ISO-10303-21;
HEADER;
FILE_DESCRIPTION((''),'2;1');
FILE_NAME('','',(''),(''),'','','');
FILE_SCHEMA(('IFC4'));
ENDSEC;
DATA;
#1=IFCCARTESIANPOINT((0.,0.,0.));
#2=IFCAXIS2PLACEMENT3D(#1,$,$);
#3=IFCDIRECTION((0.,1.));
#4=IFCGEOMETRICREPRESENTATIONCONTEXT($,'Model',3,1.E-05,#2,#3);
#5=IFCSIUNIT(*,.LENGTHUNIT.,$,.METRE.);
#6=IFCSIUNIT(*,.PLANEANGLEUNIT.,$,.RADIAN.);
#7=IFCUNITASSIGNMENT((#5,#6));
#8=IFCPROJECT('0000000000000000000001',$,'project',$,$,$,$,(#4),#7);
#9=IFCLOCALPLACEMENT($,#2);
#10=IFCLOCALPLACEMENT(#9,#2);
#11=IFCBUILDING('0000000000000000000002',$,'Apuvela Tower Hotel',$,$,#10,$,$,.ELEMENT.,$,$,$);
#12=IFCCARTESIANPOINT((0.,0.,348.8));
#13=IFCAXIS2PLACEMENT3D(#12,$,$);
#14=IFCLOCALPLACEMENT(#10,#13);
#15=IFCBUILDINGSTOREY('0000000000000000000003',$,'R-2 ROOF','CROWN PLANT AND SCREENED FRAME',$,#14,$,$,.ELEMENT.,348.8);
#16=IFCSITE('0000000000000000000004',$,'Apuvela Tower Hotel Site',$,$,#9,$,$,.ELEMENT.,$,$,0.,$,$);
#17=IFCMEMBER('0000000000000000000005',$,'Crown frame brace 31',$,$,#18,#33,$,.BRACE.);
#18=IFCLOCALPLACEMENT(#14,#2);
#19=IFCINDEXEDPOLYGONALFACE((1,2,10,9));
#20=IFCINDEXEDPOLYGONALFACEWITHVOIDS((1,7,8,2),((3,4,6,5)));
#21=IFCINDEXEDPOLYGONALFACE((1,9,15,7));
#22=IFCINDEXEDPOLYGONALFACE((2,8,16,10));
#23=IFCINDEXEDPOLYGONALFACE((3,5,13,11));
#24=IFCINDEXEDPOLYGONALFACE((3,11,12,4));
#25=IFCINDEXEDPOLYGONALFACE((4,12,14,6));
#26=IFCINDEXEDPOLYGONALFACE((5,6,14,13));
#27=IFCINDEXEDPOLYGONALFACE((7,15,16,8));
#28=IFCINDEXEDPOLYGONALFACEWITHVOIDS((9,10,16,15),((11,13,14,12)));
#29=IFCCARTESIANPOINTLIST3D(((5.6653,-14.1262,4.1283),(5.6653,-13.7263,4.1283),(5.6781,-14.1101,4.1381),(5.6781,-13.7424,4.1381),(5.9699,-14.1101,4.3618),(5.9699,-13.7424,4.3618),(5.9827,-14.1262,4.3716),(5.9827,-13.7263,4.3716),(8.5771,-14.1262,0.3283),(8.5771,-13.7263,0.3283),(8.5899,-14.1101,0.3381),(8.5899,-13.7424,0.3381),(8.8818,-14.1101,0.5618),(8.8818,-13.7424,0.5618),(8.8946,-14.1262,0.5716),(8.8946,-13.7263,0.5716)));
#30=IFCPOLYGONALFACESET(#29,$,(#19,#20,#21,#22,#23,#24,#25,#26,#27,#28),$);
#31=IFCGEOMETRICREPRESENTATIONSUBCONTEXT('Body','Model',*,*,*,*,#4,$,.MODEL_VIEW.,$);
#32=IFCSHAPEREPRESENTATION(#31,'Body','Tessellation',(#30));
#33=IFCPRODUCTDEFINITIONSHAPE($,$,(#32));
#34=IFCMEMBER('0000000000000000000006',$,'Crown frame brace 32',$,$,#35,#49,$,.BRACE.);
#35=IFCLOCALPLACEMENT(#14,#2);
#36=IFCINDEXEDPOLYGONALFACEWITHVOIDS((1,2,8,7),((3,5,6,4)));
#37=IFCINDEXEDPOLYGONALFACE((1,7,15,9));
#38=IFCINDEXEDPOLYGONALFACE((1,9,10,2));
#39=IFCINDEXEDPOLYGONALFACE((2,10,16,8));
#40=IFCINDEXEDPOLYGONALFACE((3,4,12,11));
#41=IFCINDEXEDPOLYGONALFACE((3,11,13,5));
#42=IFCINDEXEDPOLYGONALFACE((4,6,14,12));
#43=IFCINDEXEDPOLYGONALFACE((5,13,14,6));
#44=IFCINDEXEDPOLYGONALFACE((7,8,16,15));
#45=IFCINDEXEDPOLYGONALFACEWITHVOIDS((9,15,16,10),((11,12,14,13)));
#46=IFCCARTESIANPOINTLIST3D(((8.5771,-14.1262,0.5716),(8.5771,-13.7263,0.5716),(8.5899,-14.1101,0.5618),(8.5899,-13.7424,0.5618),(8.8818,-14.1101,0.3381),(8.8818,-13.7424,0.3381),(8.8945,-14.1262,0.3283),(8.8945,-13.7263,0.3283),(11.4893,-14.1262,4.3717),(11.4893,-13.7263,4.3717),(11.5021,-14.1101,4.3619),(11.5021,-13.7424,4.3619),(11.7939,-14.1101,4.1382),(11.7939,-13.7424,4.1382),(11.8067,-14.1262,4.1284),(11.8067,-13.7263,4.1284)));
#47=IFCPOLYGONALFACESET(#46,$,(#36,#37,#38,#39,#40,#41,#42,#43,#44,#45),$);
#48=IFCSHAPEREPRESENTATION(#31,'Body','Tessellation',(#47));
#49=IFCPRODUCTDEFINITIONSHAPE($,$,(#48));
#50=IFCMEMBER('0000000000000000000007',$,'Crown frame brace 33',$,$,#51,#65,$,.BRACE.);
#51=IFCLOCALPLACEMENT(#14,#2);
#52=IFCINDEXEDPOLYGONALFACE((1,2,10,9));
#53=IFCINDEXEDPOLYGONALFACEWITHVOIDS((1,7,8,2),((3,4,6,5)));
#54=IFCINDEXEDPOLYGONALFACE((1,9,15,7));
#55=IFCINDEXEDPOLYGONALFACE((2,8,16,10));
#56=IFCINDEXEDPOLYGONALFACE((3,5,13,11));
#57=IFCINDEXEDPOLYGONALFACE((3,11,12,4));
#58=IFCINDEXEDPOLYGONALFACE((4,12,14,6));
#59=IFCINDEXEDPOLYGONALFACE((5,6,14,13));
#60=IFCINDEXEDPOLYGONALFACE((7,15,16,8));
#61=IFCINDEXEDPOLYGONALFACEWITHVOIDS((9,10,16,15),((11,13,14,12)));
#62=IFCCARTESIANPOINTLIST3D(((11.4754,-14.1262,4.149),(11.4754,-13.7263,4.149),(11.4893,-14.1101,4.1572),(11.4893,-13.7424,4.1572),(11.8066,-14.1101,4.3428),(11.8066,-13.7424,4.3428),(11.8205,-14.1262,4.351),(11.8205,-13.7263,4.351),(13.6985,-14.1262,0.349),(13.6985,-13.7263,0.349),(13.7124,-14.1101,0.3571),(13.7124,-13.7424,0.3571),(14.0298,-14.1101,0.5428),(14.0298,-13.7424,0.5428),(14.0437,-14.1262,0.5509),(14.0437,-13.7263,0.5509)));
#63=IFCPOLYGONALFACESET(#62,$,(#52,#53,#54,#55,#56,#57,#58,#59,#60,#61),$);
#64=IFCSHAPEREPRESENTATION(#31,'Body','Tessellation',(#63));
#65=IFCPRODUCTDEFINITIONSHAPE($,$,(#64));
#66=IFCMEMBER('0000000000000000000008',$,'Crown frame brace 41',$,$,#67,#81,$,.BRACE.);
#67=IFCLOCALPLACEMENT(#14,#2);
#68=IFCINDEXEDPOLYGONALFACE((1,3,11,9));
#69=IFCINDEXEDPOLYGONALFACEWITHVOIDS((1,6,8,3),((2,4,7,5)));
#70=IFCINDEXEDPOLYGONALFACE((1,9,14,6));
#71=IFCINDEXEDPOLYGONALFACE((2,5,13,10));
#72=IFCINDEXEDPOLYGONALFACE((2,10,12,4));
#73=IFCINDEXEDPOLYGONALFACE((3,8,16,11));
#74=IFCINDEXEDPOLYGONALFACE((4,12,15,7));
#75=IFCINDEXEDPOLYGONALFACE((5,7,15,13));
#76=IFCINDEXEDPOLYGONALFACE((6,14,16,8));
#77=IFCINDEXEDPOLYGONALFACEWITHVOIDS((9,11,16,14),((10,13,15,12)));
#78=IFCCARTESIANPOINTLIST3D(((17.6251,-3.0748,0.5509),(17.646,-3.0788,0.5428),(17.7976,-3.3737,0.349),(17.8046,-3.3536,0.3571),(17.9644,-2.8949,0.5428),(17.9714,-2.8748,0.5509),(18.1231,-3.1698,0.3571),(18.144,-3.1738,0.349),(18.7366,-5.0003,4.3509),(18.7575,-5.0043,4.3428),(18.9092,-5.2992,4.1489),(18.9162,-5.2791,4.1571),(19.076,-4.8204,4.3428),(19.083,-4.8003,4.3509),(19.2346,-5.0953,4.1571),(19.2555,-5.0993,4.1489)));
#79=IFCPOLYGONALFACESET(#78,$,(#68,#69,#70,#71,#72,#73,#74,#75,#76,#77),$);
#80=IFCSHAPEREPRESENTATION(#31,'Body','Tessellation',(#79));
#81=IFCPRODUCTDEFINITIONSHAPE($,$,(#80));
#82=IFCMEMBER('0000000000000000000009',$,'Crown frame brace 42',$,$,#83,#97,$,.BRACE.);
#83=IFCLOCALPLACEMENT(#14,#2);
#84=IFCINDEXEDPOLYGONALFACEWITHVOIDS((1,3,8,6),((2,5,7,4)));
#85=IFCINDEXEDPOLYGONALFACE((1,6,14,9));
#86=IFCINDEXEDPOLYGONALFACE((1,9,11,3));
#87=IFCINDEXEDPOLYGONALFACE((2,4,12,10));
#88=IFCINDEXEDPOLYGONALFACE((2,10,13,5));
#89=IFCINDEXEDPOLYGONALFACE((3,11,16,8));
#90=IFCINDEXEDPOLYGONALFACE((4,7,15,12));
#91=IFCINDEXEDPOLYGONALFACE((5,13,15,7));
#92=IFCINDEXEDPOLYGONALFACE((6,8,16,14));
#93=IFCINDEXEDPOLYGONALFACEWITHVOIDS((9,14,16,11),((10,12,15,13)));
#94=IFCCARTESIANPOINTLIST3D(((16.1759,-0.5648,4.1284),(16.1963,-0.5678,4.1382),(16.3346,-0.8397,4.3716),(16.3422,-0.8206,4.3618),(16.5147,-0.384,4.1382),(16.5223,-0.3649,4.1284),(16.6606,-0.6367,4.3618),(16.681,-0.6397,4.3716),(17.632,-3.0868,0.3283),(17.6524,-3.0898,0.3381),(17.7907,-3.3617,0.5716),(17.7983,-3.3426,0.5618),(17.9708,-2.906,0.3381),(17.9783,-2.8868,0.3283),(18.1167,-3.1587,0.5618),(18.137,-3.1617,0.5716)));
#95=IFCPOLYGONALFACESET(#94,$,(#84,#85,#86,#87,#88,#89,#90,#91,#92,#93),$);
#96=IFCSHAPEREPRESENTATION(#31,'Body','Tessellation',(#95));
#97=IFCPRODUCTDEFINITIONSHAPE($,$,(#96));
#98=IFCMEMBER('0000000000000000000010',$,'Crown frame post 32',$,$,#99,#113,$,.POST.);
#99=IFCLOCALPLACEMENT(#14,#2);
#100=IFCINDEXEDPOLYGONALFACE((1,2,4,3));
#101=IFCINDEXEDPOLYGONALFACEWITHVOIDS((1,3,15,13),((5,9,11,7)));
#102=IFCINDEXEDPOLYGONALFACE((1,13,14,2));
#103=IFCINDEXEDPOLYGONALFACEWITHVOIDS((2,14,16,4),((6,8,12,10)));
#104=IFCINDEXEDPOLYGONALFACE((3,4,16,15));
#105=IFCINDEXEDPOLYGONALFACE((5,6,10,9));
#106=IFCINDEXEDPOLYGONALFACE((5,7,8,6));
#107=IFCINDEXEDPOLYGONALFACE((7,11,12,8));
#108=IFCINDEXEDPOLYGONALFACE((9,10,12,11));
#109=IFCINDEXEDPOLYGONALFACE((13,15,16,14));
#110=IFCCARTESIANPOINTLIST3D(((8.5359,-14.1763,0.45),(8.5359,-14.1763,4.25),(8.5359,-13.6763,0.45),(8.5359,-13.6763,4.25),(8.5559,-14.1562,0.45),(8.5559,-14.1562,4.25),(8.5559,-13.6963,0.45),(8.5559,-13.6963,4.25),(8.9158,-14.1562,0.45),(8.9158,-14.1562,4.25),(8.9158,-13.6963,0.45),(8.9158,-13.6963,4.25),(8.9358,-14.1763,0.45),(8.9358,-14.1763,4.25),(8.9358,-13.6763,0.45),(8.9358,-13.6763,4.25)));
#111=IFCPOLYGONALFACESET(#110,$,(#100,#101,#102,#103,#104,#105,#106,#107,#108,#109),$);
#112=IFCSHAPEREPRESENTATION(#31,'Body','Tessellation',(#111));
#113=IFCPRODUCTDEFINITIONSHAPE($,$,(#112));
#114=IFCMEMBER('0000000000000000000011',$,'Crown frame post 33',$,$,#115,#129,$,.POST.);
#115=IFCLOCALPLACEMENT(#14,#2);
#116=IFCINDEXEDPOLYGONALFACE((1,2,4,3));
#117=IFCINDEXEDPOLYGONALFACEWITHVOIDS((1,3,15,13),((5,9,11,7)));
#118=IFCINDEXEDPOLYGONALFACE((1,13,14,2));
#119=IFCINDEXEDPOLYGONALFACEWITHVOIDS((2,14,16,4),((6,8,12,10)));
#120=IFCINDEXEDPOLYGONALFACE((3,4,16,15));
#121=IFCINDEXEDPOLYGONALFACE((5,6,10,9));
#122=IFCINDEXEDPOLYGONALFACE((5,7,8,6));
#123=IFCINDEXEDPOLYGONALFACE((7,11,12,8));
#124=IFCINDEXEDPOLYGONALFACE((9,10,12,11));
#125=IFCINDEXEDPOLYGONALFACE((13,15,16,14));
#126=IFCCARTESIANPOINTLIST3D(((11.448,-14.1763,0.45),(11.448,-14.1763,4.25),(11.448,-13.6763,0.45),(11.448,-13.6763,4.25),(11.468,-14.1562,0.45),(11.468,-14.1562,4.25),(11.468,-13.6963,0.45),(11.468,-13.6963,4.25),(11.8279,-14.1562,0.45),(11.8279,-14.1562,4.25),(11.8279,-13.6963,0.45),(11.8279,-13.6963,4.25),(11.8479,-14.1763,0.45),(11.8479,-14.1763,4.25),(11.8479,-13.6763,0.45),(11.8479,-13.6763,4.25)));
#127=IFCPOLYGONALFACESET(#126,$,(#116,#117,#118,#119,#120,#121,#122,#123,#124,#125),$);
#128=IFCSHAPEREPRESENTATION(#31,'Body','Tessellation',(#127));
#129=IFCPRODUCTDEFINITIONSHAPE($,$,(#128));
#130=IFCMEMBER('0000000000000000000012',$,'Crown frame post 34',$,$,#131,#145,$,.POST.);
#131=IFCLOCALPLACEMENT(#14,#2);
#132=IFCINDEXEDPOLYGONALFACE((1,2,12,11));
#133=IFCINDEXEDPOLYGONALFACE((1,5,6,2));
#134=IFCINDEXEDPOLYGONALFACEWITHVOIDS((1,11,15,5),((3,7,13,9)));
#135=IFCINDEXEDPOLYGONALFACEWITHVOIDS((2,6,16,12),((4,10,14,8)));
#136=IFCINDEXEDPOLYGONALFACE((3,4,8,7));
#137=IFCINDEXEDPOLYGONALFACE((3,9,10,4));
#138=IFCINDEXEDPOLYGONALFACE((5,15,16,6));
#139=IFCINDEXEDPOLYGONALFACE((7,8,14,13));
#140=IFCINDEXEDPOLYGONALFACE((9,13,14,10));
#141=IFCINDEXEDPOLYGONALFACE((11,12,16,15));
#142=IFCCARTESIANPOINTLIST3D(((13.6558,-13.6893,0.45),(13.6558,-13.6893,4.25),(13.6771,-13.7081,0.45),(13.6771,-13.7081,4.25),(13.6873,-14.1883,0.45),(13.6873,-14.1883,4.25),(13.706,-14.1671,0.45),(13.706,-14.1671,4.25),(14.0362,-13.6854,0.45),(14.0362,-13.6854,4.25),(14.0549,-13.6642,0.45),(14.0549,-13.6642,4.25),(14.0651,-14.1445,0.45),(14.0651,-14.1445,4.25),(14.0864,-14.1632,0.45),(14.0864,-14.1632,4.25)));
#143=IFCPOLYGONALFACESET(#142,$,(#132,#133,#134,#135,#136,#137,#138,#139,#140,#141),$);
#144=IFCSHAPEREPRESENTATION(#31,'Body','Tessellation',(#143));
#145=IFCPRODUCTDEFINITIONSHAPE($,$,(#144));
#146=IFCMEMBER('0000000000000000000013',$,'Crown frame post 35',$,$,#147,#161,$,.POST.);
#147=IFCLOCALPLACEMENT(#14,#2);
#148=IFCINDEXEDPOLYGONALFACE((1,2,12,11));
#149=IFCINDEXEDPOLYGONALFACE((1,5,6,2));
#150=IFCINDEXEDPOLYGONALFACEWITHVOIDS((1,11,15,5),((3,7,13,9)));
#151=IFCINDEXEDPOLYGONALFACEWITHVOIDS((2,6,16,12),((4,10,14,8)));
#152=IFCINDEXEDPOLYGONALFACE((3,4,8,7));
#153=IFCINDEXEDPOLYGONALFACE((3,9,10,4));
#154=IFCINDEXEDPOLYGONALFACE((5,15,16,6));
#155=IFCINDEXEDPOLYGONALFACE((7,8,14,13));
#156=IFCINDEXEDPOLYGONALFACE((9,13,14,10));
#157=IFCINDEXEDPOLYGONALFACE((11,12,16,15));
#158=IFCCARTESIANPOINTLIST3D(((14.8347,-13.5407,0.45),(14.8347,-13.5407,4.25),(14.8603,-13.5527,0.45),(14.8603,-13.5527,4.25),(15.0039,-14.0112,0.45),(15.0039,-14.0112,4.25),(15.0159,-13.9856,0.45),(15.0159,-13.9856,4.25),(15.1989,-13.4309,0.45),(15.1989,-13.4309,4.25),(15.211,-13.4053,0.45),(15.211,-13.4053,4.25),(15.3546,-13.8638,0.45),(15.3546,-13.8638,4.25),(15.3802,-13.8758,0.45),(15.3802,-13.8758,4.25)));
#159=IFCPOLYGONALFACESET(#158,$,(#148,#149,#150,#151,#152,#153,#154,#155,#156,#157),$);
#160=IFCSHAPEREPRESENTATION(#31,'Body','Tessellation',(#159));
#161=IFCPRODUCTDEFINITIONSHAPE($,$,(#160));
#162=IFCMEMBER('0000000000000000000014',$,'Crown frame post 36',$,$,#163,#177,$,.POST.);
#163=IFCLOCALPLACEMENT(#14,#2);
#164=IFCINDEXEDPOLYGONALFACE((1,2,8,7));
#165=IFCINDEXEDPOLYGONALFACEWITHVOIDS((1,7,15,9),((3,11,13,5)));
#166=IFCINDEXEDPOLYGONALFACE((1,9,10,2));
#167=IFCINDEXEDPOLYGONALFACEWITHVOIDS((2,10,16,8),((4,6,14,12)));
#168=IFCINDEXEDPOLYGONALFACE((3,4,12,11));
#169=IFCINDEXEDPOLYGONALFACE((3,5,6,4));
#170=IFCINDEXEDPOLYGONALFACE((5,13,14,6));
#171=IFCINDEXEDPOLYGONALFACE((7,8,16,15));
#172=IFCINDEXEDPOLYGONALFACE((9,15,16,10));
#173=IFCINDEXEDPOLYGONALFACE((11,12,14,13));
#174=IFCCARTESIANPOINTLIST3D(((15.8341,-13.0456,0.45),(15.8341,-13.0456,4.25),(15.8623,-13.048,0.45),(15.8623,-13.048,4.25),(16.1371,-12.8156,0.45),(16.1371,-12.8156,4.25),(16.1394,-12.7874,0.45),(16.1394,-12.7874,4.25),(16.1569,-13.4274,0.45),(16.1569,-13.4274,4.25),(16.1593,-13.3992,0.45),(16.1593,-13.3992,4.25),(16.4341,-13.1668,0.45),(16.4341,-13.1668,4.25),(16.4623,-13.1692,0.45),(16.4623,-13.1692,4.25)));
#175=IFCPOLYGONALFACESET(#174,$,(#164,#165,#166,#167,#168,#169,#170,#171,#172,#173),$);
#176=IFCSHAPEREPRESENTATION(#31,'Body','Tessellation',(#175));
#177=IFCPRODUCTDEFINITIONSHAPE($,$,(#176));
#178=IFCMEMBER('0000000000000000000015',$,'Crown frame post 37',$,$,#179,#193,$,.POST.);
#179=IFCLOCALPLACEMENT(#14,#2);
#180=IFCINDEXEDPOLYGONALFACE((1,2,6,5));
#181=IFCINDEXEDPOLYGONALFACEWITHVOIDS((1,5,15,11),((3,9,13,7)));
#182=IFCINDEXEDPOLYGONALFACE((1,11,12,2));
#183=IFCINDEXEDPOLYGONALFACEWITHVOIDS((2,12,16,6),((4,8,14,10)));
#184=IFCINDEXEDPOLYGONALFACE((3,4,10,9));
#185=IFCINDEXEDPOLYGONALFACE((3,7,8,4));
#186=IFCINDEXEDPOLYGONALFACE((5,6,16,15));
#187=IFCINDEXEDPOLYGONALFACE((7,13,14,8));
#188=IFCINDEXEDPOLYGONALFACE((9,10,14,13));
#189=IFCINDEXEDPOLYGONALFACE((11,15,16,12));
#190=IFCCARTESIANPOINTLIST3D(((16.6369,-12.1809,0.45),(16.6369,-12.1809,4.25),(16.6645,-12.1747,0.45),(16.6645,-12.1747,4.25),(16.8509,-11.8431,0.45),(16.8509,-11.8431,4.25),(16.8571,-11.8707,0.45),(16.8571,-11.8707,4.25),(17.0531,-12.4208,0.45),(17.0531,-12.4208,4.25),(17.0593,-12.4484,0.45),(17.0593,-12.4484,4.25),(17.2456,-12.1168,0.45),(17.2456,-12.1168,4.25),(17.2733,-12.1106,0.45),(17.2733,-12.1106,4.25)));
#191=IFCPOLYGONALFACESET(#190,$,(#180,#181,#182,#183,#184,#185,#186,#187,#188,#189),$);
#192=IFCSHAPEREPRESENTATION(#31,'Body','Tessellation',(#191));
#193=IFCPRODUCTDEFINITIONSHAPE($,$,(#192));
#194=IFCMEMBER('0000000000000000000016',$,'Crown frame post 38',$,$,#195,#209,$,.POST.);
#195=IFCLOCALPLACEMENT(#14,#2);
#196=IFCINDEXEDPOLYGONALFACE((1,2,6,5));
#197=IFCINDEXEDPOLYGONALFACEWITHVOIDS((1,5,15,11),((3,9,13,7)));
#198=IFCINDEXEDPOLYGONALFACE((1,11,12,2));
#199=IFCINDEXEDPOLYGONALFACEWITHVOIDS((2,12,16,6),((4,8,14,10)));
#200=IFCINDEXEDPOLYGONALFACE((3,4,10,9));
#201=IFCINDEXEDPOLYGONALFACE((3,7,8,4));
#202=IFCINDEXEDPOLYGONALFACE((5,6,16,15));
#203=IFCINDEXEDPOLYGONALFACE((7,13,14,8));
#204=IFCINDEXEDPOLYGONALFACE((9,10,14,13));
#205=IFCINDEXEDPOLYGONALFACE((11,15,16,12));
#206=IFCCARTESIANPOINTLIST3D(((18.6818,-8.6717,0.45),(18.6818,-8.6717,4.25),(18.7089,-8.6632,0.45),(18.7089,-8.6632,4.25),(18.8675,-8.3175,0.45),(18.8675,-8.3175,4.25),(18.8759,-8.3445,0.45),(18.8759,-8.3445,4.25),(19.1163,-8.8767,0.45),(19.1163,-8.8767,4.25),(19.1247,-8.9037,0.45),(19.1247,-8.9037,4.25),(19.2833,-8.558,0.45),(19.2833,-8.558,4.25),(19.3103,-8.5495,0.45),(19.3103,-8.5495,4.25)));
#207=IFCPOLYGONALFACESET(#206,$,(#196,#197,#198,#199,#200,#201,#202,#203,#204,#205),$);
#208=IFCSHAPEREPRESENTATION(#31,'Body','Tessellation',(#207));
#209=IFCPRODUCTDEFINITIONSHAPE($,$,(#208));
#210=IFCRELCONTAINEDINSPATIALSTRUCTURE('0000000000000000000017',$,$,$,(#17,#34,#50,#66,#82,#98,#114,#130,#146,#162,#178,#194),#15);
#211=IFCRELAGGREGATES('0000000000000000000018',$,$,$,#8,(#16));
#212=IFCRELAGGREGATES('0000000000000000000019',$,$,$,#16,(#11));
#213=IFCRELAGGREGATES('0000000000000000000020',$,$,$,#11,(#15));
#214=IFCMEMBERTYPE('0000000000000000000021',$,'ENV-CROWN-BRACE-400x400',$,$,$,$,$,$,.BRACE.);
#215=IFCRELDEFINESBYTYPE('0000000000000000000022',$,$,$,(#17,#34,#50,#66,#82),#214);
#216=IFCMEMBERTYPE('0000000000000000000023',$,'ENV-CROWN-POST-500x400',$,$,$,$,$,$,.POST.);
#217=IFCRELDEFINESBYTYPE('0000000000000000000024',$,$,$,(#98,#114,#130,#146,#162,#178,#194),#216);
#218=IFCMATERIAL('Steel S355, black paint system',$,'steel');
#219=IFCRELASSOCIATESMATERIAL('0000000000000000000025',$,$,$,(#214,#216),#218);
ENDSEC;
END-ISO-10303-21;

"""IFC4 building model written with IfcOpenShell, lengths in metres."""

from ifc_helpers import new_model, si_unit, direction, frame, origin, origin_2d, place, context, subcontext, project, spatial, hollow_rectangle, extrude, material, material_profile, profile_set, type_object, element, save


model = new_model("IFC4")

# Units and contexts
model_context = context("Model", 3, precision=1e-05, world=origin(), true_north=direction((0.0, 1.0)))
body_context = subcontext(model_context, "Body", "Model", "MODEL_VIEW")
ifc_project = project(units=[si_unit("LENGTHUNIT", "METRE"), si_unit("PLANEANGLEUNIT", "RADIAN")], contexts=[model_context])

# Site, building, storey
site_placement = place(None, origin())
site = spatial("IfcSite", under=ifc_project, at=site_placement, Name="Apuvela Tower Hotel Site", CompositionType="ELEMENT", RefElevation=0.0)
building_placement = place(site_placement, origin())
building = spatial("IfcBuilding", under=site, at=building_placement, Name="Apuvela Tower Hotel", CompositionType="ELEMENT")
storey_placement = place(building_placement, frame((0.0, 0.0, 348.8)))
storey = spatial("IfcBuildingStorey", under=building, at=storey_placement, Name="R-2 ROOF", Description="CROWN PLANT AND SCREENED FRAME", CompositionType="ELEMENT", Elevation=348.8)

# Members
ifc_material_1 = material(Name="Steel S355, black paint system", Category="steel")
ifc_material_profile_1 = material_profile(ifc_material_1, hollow_rectangle(XDim=0.3999, YDim=0.3999, WallThickness=0.0161, at=origin_2d()), Name="HSS 400x400x16")
ifc_profile_set_1 = profile_set([ifc_material_profile_1], Name="Steel S355, black paint system")
member_type_1 = type_object("IfcMemberType", Name="ENV-CROWN-BRACE-400x400", PredefinedType="BRACE", material=ifc_profile_set_1)
member_1_placement = place(storey_placement, frame((8.7358, -13.9263, 0.45), z_axis=(-0.608233, 0.0, 0.793758), x_axis=(0.0, -1.0, 0.0)))
element("IfcMember", 1, at=member_1_placement, inside=storey, type_object=member_type_1, Name="Crown frame brace 31", PredefinedType="BRACE", context=body_context, shape_type="SweptSolid", body=[
    extrude(hollow_rectangle(XDim=0.3999, YDim=0.3999, WallThickness=0.0161, at=origin_2d()), origin(), (0.0, 0.0, 1.0), 4.7874),
])
member_2_placement = place(storey_placement, frame((8.7358, -13.9263, 0.45), z_axis=(0.608266, 0.0, 0.793734), x_axis=(0.0, 1.0, 0.0)))
element("IfcMember", 2, at=member_2_placement, inside=storey, type_object=member_type_1, Name="Crown frame brace 32", PredefinedType="BRACE", context=body_context, shape_type="SweptSolid", body=[
    extrude(hollow_rectangle(XDim=0.3999, YDim=0.3999, WallThickness=0.0161, at=origin_2d()), origin(), (0.0, 0.0, 1.0), 4.7876),
])
for number, where, z_axis, x_axis, name in (
    (3, (13.8711, -13.9263, 0.45), (-0.504964, 0.0, 0.863141), (0.0, -1.0, 0.0), "Crown frame brace 33"),
    (4, (17.8845, -3.1243, 0.45), (0.252476, -0.437355, 0.86312), (0.866052, 0.499954, 0.0), "Crown frame brace 41"),
):
    element("IfcMember", number, at=place(storey_placement, frame(where, z_axis=z_axis, x_axis=x_axis)), inside=storey, type_object=member_type_1, Name=name, PredefinedType="BRACE", context=body_context, shape_type="SweptSolid", body=[
        extrude(hollow_rectangle(XDim=0.3999, YDim=0.3999, WallThickness=0.0161, at=origin_2d()), origin(), (0.0, 0.0, 1.0), 4.4026),
    ])
member_3_placement = place(storey_placement, frame((17.8845, -3.1243, 0.45), z_axis=(-0.304132, 0.526775, 0.793733), x_axis=(-0.866026, -0.499998, 0.0)))
element("IfcMember", 5, at=member_3_placement, inside=storey, type_object=member_type_1, Name="Crown frame brace 42", PredefinedType="BRACE", context=body_context, shape_type="SweptSolid", body=[
    extrude(hollow_rectangle(XDim=0.3999, YDim=0.3999, WallThickness=0.0161, at=origin_2d()), origin(), (0.0, 0.0, 1.0), 4.7876),
])
ifc_material_profile_2 = material_profile(ifc_material_1, hollow_rectangle(XDim=0.3999, YDim=0.5, WallThickness=0.02, at=origin_2d()), Name="HSS 500x400x20")
ifc_profile_set_2 = profile_set([ifc_material_profile_2], Name="Steel S355, black paint system")
member_type_2 = type_object("IfcMemberType", Name="ENV-CROWN-POST-500x400", PredefinedType="POST", material=ifc_profile_set_2)
for number, where, z_axis, x_axis, name in (
    (6, (8.7358, -13.9263, 0.45), (0.0, 0.0, 1.0), (1.0, 0.0, 0.0), "Crown frame post 32"),
    (7, (11.6479, -13.9263, 0.45), (0.0, 0.0, 1.0), (1.0, 0.0, 0.0), "Crown frame post 33"),
    (8, (13.8711, -13.9263, 0.45), (0.0, 0.0, 1.0), (0.998021, 0.062881, 0.0), "Crown frame post 34"),
    (9, (15.1074, -13.7083, 0.45), (0.0, 0.0, 1.0), (0.940994, 0.338423, 0.0), "Crown frame post 35"),
    (10, (16.1482, -13.1074, 0.45), (0.0, 0.0, 1.0), (0.76358, 0.645714, 0.0), "Crown frame post 36"),
    (11, (16.9551, -12.1458, 0.45), (0.0, 0.0, 1.0), (0.535046, 0.844823, 0.0), "Crown frame post 37"),
    (12, (18.9961, -8.6106, 0.45), (0.0, 0.0, 1.0), (0.464116, 0.885775, 0.0), "Crown frame post 38"),
):
    element("IfcMember", number, at=place(storey_placement, frame(where, z_axis=z_axis, x_axis=x_axis)), inside=storey, type_object=member_type_2, Name=name, PredefinedType="POST", context=body_context, shape_type="SweptSolid", body=[
        extrude(hollow_rectangle(XDim=0.3999, YDim=0.5, WallThickness=0.02, at=origin_2d()), origin(), (0.0, 0.0, 1.0), 3.8),
    ])

save(model, "model.ifc")
